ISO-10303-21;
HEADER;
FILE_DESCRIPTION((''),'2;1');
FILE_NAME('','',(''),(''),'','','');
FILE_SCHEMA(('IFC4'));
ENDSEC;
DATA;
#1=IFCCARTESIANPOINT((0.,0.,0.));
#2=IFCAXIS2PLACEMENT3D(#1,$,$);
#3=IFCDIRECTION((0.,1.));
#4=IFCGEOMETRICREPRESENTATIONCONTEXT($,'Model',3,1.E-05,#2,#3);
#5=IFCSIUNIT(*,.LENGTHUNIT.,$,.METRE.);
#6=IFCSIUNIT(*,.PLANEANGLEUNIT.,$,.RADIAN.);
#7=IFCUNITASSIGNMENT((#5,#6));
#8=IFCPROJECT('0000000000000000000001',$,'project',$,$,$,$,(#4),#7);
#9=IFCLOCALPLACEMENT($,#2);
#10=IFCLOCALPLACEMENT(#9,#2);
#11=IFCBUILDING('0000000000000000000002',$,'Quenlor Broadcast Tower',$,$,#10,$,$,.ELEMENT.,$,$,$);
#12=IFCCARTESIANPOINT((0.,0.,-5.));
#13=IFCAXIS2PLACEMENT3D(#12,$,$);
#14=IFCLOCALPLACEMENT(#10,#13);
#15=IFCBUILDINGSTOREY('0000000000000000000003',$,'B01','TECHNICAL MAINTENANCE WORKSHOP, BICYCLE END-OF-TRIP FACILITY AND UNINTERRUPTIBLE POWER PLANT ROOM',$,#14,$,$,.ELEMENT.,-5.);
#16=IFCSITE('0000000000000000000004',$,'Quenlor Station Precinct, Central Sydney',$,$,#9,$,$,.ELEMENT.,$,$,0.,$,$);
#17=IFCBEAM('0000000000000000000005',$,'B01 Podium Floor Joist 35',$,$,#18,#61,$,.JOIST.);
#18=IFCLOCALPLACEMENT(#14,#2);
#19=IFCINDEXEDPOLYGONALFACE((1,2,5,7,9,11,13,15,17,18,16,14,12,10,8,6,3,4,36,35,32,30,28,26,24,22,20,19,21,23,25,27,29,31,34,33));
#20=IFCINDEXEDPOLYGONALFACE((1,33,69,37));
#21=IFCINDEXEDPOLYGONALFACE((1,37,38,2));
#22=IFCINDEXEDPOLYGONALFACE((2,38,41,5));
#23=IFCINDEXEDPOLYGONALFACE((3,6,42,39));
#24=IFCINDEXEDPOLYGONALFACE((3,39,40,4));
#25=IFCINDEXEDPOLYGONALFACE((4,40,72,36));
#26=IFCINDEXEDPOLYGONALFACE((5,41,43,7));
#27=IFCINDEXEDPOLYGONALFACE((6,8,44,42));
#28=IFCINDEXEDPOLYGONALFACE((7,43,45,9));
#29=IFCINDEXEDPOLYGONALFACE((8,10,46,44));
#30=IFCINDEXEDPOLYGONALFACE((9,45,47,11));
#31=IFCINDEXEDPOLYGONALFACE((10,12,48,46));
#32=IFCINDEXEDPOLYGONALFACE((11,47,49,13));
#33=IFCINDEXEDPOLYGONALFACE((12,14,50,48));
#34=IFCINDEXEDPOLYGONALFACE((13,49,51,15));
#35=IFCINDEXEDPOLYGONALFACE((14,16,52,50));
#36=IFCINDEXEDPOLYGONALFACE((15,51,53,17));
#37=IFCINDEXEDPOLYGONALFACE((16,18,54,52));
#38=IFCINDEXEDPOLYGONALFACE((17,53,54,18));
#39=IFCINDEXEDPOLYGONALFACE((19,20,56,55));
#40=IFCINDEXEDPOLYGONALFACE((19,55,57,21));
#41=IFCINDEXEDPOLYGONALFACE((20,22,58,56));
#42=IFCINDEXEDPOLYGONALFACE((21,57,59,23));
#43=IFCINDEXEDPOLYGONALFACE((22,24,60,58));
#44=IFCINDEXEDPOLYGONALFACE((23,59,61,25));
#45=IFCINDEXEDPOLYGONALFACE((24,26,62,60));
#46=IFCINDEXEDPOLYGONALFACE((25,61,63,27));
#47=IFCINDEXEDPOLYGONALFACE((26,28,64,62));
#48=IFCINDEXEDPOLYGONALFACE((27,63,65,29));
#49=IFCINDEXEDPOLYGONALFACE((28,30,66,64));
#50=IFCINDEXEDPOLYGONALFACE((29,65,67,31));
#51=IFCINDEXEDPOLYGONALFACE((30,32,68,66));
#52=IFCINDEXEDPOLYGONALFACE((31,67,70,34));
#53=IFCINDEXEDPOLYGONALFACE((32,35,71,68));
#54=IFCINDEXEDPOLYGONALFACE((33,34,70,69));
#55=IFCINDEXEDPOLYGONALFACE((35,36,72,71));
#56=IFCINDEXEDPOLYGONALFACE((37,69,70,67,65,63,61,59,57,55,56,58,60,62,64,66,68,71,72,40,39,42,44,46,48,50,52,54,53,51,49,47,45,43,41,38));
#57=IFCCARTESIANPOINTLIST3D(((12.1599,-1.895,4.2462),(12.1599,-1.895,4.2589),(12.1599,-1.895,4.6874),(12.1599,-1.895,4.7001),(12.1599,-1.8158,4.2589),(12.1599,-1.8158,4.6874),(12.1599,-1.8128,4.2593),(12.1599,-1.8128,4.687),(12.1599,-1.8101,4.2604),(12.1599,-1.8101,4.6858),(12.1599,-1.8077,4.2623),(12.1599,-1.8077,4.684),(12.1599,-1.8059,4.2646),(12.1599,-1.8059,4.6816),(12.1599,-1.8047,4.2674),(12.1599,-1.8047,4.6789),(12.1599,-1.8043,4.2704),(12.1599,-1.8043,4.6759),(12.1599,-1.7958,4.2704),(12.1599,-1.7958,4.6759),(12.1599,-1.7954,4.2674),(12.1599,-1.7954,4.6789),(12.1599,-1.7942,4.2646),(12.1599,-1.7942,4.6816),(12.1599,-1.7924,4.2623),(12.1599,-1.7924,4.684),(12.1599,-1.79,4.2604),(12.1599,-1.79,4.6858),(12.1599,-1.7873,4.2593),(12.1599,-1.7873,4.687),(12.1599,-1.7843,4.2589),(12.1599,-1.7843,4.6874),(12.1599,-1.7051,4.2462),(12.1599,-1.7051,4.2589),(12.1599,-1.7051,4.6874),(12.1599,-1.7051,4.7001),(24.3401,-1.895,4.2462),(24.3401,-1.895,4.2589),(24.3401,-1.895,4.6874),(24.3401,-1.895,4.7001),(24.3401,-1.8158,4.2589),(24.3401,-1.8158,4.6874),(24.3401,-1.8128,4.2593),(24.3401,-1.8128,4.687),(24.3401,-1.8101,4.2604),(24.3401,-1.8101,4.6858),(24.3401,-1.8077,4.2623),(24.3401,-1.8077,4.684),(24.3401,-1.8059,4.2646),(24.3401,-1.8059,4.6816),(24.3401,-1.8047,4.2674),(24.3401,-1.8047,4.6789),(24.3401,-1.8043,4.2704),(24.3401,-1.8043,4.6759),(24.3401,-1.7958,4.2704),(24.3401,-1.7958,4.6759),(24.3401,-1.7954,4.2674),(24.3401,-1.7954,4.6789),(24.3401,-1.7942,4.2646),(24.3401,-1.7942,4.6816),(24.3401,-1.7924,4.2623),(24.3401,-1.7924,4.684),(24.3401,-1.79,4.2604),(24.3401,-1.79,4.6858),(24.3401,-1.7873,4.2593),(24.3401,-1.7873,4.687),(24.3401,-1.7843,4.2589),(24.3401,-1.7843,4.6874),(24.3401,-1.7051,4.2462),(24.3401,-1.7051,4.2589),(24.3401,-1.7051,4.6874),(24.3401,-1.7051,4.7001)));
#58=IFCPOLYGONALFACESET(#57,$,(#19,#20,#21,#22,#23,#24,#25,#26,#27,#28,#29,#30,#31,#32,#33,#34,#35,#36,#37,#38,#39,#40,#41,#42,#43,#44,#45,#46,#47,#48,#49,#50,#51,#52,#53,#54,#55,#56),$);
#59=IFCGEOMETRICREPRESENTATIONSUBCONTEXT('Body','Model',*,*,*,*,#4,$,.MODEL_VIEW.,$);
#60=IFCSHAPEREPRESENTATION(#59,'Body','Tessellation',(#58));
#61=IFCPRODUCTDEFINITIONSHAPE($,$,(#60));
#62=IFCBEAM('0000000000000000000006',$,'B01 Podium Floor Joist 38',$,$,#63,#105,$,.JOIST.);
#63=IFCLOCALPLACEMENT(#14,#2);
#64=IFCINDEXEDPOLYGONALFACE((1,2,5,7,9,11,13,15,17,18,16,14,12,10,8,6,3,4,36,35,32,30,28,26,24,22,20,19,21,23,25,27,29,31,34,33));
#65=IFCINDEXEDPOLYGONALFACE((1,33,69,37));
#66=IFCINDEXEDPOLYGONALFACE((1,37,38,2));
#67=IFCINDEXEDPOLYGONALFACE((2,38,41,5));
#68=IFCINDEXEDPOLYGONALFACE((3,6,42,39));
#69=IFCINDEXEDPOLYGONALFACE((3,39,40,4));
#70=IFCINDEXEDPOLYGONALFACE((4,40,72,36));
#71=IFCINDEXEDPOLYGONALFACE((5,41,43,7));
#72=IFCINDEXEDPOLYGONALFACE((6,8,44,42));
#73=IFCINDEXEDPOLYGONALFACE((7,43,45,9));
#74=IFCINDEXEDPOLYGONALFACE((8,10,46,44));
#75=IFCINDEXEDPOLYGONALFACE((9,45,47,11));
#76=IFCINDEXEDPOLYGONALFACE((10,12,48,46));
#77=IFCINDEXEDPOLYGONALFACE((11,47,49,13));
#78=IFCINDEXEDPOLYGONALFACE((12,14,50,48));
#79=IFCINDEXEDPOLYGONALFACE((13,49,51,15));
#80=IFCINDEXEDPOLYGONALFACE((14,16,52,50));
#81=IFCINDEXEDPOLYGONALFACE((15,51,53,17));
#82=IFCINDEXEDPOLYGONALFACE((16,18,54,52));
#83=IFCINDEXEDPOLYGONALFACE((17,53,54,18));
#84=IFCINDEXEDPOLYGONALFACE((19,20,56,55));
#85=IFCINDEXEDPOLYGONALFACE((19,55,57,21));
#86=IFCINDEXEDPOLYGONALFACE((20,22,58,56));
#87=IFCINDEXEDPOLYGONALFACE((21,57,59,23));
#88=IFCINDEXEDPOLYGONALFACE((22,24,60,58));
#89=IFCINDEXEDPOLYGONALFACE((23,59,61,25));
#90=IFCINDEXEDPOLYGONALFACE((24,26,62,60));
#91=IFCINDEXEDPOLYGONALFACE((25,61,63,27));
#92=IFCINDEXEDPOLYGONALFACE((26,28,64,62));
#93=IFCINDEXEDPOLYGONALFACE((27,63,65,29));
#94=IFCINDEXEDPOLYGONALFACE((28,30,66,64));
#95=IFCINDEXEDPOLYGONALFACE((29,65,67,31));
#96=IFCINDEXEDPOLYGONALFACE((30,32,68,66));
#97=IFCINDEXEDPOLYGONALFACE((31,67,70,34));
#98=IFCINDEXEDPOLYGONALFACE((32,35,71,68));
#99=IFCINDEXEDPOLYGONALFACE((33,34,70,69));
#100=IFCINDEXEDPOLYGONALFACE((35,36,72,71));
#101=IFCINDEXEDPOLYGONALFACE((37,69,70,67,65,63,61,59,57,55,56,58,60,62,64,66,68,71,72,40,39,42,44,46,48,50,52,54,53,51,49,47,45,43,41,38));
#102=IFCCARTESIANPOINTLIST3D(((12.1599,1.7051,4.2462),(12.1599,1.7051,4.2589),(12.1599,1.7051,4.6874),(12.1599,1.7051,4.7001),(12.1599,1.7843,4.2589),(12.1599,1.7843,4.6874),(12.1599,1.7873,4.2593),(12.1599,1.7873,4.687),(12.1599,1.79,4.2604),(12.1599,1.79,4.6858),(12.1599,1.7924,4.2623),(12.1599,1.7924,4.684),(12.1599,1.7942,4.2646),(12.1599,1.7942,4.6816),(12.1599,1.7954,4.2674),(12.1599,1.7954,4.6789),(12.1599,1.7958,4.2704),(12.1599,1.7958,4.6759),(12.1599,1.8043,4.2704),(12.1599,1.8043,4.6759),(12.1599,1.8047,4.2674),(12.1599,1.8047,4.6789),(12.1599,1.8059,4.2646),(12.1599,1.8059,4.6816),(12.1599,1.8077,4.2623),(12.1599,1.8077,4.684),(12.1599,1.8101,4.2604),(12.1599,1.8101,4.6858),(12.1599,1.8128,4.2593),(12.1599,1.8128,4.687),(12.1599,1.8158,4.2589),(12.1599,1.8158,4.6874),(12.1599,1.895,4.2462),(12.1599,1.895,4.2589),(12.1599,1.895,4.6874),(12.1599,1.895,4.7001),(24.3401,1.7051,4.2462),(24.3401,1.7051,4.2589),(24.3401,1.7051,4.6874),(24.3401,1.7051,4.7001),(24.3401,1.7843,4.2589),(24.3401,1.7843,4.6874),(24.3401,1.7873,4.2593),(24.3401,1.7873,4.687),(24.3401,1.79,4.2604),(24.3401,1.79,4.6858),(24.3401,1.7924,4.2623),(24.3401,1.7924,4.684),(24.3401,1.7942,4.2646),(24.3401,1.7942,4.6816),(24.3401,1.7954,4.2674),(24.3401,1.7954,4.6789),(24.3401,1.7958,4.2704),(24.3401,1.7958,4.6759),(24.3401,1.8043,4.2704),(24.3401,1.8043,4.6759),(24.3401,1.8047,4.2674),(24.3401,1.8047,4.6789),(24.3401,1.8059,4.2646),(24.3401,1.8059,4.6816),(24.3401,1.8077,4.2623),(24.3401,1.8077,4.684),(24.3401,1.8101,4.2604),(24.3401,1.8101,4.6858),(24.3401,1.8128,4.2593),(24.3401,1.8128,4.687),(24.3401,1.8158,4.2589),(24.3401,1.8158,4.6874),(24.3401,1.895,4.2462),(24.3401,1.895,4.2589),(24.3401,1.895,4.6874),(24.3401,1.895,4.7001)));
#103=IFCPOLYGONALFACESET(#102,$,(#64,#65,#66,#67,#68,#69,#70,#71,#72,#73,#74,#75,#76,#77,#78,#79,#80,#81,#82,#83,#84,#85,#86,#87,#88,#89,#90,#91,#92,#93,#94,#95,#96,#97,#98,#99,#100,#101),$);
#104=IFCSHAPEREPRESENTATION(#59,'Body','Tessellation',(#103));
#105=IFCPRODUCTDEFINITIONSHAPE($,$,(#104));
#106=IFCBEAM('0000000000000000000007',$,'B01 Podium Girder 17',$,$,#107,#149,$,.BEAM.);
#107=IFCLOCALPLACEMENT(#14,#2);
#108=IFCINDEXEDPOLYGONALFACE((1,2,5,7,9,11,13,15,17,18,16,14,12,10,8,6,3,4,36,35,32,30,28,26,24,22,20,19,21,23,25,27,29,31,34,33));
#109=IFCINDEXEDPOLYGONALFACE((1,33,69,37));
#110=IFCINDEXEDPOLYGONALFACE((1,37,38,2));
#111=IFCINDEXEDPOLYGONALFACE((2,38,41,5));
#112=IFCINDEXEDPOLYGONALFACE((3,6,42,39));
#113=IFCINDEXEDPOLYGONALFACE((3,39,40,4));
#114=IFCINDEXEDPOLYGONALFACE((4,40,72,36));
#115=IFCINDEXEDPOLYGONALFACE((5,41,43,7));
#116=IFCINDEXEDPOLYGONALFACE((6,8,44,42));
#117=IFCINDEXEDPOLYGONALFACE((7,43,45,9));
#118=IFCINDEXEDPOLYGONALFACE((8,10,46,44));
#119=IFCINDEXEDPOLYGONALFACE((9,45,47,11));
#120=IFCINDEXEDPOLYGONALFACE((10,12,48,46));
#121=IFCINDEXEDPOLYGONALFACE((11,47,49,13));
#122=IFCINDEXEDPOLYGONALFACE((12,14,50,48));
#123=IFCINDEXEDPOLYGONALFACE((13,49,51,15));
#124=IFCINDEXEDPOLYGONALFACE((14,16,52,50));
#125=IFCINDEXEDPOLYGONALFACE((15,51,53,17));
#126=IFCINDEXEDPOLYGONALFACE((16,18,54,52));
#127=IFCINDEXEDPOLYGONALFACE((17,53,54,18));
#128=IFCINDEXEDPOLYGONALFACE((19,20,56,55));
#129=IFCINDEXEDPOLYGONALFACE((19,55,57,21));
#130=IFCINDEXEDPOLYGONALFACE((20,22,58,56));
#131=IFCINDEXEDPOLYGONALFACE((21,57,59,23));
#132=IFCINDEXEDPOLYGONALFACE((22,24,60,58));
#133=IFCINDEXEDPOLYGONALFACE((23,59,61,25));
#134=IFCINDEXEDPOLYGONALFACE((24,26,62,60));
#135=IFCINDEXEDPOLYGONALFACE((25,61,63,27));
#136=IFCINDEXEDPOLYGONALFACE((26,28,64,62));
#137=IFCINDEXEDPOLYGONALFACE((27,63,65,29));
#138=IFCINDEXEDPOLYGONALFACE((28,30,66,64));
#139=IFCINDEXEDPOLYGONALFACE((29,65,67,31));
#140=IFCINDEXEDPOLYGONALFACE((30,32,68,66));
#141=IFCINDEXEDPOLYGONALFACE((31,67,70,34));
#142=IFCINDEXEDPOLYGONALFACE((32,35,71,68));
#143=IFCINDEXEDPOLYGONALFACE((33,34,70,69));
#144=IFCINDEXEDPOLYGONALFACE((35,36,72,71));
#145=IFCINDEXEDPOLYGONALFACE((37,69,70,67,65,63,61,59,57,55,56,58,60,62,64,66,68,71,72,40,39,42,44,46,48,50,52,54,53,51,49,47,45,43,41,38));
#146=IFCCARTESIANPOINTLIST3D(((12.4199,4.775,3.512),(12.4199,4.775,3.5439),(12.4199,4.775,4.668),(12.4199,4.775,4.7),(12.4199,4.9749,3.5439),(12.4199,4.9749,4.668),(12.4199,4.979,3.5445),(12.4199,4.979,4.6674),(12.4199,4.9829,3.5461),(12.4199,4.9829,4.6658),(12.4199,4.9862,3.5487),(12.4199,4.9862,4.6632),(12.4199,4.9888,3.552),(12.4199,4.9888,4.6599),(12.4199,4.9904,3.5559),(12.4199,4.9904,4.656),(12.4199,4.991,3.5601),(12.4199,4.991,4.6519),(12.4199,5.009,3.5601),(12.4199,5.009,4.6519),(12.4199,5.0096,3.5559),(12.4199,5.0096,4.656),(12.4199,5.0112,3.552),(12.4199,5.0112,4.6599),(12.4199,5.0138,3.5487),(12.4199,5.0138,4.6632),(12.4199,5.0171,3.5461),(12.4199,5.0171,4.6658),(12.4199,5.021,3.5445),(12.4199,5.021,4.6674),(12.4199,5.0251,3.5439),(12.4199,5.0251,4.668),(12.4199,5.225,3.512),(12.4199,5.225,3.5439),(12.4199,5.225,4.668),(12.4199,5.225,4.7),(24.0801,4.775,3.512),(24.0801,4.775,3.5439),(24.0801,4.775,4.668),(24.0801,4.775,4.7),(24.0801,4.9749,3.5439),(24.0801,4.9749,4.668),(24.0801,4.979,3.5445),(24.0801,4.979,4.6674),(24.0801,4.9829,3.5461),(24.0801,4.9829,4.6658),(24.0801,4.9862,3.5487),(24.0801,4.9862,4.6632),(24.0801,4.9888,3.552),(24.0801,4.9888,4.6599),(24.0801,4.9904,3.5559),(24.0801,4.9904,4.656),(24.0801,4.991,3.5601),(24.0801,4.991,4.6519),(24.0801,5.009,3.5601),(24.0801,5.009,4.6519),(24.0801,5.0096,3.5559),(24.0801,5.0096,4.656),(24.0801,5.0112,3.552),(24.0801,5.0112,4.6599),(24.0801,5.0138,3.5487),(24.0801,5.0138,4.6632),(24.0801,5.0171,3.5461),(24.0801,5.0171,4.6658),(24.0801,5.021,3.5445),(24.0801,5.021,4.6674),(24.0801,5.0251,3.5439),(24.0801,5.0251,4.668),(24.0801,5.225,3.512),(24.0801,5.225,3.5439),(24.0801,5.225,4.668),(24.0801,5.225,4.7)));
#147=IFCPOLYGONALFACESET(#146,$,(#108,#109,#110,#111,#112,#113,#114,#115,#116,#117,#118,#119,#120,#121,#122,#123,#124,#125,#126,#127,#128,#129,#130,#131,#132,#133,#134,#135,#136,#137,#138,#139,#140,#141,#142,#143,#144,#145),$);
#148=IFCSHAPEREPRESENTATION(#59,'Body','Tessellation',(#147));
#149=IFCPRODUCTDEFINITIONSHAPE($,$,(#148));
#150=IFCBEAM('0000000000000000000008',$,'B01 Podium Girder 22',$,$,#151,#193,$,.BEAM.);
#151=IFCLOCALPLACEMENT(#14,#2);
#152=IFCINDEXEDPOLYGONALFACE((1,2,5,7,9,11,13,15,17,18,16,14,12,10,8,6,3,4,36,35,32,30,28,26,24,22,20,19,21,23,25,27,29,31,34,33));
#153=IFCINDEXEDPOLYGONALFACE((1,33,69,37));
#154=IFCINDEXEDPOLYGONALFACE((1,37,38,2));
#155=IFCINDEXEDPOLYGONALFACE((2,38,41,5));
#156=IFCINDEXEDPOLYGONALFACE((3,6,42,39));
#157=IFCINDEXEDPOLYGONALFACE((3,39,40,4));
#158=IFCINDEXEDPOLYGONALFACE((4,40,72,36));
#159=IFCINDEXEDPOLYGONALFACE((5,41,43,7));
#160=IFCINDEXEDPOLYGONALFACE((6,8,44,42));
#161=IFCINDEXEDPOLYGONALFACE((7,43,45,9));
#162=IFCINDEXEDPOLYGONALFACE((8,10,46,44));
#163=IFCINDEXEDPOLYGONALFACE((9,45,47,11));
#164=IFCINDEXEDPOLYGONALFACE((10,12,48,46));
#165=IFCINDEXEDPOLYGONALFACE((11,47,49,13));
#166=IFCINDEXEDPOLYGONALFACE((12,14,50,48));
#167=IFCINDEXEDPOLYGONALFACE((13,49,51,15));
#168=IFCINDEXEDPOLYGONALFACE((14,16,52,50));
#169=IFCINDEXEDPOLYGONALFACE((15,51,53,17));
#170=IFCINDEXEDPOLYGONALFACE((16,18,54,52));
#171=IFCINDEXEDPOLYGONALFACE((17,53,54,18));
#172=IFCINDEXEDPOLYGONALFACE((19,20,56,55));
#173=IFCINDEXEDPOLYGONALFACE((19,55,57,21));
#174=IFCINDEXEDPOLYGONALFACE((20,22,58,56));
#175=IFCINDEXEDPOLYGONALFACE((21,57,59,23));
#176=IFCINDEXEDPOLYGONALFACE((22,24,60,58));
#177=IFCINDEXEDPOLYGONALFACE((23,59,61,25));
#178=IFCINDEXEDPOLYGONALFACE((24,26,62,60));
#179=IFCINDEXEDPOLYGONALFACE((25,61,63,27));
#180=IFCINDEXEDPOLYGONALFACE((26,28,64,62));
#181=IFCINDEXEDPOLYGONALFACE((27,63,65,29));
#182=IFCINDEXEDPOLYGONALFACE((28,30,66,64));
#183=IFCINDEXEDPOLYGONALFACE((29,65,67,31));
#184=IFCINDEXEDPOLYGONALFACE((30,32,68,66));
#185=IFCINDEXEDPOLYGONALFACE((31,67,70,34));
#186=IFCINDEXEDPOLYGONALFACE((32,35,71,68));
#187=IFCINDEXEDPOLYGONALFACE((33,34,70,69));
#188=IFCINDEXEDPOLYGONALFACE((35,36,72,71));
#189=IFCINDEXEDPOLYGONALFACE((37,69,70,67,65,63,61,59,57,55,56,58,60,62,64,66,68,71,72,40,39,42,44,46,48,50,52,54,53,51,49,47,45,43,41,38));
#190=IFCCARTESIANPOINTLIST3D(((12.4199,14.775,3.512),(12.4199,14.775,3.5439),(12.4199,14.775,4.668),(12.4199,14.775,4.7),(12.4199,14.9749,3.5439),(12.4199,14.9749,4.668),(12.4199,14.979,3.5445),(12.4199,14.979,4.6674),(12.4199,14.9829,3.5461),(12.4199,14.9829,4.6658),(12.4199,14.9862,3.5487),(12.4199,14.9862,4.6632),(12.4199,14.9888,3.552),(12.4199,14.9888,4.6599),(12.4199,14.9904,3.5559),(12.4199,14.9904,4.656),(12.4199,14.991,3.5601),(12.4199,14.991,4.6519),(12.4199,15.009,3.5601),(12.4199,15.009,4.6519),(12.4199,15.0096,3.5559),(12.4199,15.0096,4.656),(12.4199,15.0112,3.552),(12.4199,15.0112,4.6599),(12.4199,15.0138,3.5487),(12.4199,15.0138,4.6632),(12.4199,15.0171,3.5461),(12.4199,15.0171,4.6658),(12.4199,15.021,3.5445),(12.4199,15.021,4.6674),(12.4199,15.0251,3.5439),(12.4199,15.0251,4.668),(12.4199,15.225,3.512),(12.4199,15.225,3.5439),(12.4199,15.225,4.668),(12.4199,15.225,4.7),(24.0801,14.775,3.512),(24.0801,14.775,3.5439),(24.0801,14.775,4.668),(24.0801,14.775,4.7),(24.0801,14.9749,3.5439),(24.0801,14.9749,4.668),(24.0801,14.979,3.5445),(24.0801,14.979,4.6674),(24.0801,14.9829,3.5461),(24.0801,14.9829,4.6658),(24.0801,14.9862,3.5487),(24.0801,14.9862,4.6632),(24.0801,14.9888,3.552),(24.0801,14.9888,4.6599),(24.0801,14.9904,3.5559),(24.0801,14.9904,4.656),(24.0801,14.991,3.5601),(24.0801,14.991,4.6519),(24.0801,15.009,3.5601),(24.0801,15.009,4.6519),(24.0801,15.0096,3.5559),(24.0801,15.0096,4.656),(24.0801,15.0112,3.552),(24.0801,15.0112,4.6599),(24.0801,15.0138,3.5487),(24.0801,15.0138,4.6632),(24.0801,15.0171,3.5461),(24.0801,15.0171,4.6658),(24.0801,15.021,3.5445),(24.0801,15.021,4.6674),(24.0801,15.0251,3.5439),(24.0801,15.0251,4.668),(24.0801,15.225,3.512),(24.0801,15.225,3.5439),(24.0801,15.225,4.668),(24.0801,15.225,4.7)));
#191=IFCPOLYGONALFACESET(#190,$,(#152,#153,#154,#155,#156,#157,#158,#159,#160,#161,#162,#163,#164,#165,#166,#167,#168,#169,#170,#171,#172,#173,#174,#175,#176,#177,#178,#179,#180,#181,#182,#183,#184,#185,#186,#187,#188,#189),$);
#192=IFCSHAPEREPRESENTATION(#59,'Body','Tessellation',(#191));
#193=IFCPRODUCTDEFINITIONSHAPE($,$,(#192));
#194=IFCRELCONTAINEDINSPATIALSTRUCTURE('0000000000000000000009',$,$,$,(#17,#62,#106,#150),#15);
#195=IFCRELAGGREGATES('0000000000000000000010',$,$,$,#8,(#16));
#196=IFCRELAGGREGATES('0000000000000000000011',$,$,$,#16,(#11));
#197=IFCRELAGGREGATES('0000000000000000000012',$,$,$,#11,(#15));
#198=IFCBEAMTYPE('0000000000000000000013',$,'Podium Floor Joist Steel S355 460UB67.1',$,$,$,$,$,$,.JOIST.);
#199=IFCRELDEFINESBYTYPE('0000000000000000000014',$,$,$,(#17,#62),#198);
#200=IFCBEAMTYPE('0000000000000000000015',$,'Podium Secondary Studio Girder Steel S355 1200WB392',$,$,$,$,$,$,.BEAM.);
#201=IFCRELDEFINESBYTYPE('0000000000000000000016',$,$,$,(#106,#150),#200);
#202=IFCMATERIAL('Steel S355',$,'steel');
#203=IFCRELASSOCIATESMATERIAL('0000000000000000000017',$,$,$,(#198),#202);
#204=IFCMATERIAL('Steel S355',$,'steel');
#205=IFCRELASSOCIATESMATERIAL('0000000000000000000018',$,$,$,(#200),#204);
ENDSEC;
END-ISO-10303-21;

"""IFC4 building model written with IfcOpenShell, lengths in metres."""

from ifc_helpers import new_model, si_unit, direction, frame, origin, origin_2d, place, context, subcontext, project, spatial, i_section, extrude, material, material_profile, profile_set, type_object, element, save


model = new_model("IFC4")

# Units and contexts
model_context = context("Model", 3, precision=1e-05, world=origin(), true_north=direction((0.0, 1.0)))
body_context = subcontext(model_context, "Body", "Model", "MODEL_VIEW")
ifc_project = project(units=[si_unit("LENGTHUNIT", "METRE"), si_unit("PLANEANGLEUNIT", "RADIAN")], contexts=[model_context])

# Site, building, storey
site_placement = place(None, origin())
site = spatial("IfcSite", under=ifc_project, at=site_placement, Name="Quenlor Station Precinct, Central Sydney", CompositionType="ELEMENT", RefElevation=0.0)
building_placement = place(site_placement, origin())
building = spatial("IfcBuilding", under=site, at=building_placement, Name="Quenlor Broadcast Tower", CompositionType="ELEMENT")
storey_placement = place(building_placement, frame((0.0, 0.0, -5.0)))
storey = spatial("IfcBuildingStorey", under=building, at=storey_placement, Name="B01", Description="TECHNICAL MAINTENANCE WORKSHOP, BICYCLE END-OF-TRIP FACILITY AND UNINTERRUPTIBLE POWER PLANT ROOM", CompositionType="ELEMENT", Elevation=-5.0)

# Beams
ifc_material_1 = material(Name="Steel S355", Category="steel")
ifc_material_profile_1 = material_profile(ifc_material_1, i_section(OverallWidth=0.1899, OverallDepth=0.4539, WebThickness=0.0085, FlangeThickness=0.0127, FilletRadius=0.0115, at=origin_2d()))
ifc_profile_set_1 = profile_set([ifc_material_profile_1], Name="Steel S355 460UB67.1")
beam_type_1 = type_object("IfcBeamType", Name="Podium Floor Joist Steel S355 460UB67.1", PredefinedType="JOIST", material=ifc_profile_set_1)
for number, where, z_axis, x_axis, name in (
    (1, (12.1599, -1.8, 4.4731), (1.0, 0.0, 0.0), (0.0, 1.0, 0.0), "B01 Podium Floor Joist 35"),
    (2, (12.1599, 1.8, 4.4731), (1.0, 0.0, 0.0), (0.0, 1.0, 0.0), "B01 Podium Floor Joist 38"),
):
    element("IfcBeam", number, at=place(storey_placement, frame(where, z_axis=z_axis, x_axis=x_axis)), inside=storey, type_object=beam_type_1, Name=name, PredefinedType="JOIST", context=body_context, shape_type="SweptSolid", body=[
        extrude(i_section(OverallWidth=0.1899, OverallDepth=0.4539, WebThickness=0.0085, FlangeThickness=0.0127, FilletRadius=0.0115, at=origin_2d()), origin(), (0.0, 0.0, 1.0), 12.1802),
    ])
ifc_material_2 = material(Name="Steel S355", Category="steel")
ifc_material_profile_2 = material_profile(ifc_material_2, i_section(OverallWidth=0.45, OverallDepth=1.188, WebThickness=0.0181, FlangeThickness=0.032, FilletRadius=0.0161, at=origin_2d()))
ifc_profile_set_2 = profile_set([ifc_material_profile_2], Name="Steel S355 1200WB392")
beam_type_2 = type_object("IfcBeamType", Name="Podium Secondary Studio Girder Steel S355 1200WB392", PredefinedType="BEAM", material=ifc_profile_set_2)
for number, where, z_axis, x_axis, name in (
    (3, (12.4199, 5.0, 4.106), (1.0, 0.0, 0.0), (0.0, 1.0, 0.0), "B01 Podium Girder 17"),
    (4, (12.4199, 15.0, 4.106), (1.0, 0.0, 0.0), (0.0, 1.0, 0.0), "B01 Podium Girder 22"),
):
    element("IfcBeam", number, at=place(storey_placement, frame(where, z_axis=z_axis, x_axis=x_axis)), inside=storey, type_object=beam_type_2, Name=name, PredefinedType="BEAM", context=body_context, shape_type="SweptSolid", body=[
        extrude(i_section(OverallWidth=0.45, OverallDepth=1.188, WebThickness=0.0181, FlangeThickness=0.032, FilletRadius=0.0161, at=origin_2d()), origin(), (0.0, 0.0, 1.0), 11.6602),
    ])

save(model, "model.ifc")
